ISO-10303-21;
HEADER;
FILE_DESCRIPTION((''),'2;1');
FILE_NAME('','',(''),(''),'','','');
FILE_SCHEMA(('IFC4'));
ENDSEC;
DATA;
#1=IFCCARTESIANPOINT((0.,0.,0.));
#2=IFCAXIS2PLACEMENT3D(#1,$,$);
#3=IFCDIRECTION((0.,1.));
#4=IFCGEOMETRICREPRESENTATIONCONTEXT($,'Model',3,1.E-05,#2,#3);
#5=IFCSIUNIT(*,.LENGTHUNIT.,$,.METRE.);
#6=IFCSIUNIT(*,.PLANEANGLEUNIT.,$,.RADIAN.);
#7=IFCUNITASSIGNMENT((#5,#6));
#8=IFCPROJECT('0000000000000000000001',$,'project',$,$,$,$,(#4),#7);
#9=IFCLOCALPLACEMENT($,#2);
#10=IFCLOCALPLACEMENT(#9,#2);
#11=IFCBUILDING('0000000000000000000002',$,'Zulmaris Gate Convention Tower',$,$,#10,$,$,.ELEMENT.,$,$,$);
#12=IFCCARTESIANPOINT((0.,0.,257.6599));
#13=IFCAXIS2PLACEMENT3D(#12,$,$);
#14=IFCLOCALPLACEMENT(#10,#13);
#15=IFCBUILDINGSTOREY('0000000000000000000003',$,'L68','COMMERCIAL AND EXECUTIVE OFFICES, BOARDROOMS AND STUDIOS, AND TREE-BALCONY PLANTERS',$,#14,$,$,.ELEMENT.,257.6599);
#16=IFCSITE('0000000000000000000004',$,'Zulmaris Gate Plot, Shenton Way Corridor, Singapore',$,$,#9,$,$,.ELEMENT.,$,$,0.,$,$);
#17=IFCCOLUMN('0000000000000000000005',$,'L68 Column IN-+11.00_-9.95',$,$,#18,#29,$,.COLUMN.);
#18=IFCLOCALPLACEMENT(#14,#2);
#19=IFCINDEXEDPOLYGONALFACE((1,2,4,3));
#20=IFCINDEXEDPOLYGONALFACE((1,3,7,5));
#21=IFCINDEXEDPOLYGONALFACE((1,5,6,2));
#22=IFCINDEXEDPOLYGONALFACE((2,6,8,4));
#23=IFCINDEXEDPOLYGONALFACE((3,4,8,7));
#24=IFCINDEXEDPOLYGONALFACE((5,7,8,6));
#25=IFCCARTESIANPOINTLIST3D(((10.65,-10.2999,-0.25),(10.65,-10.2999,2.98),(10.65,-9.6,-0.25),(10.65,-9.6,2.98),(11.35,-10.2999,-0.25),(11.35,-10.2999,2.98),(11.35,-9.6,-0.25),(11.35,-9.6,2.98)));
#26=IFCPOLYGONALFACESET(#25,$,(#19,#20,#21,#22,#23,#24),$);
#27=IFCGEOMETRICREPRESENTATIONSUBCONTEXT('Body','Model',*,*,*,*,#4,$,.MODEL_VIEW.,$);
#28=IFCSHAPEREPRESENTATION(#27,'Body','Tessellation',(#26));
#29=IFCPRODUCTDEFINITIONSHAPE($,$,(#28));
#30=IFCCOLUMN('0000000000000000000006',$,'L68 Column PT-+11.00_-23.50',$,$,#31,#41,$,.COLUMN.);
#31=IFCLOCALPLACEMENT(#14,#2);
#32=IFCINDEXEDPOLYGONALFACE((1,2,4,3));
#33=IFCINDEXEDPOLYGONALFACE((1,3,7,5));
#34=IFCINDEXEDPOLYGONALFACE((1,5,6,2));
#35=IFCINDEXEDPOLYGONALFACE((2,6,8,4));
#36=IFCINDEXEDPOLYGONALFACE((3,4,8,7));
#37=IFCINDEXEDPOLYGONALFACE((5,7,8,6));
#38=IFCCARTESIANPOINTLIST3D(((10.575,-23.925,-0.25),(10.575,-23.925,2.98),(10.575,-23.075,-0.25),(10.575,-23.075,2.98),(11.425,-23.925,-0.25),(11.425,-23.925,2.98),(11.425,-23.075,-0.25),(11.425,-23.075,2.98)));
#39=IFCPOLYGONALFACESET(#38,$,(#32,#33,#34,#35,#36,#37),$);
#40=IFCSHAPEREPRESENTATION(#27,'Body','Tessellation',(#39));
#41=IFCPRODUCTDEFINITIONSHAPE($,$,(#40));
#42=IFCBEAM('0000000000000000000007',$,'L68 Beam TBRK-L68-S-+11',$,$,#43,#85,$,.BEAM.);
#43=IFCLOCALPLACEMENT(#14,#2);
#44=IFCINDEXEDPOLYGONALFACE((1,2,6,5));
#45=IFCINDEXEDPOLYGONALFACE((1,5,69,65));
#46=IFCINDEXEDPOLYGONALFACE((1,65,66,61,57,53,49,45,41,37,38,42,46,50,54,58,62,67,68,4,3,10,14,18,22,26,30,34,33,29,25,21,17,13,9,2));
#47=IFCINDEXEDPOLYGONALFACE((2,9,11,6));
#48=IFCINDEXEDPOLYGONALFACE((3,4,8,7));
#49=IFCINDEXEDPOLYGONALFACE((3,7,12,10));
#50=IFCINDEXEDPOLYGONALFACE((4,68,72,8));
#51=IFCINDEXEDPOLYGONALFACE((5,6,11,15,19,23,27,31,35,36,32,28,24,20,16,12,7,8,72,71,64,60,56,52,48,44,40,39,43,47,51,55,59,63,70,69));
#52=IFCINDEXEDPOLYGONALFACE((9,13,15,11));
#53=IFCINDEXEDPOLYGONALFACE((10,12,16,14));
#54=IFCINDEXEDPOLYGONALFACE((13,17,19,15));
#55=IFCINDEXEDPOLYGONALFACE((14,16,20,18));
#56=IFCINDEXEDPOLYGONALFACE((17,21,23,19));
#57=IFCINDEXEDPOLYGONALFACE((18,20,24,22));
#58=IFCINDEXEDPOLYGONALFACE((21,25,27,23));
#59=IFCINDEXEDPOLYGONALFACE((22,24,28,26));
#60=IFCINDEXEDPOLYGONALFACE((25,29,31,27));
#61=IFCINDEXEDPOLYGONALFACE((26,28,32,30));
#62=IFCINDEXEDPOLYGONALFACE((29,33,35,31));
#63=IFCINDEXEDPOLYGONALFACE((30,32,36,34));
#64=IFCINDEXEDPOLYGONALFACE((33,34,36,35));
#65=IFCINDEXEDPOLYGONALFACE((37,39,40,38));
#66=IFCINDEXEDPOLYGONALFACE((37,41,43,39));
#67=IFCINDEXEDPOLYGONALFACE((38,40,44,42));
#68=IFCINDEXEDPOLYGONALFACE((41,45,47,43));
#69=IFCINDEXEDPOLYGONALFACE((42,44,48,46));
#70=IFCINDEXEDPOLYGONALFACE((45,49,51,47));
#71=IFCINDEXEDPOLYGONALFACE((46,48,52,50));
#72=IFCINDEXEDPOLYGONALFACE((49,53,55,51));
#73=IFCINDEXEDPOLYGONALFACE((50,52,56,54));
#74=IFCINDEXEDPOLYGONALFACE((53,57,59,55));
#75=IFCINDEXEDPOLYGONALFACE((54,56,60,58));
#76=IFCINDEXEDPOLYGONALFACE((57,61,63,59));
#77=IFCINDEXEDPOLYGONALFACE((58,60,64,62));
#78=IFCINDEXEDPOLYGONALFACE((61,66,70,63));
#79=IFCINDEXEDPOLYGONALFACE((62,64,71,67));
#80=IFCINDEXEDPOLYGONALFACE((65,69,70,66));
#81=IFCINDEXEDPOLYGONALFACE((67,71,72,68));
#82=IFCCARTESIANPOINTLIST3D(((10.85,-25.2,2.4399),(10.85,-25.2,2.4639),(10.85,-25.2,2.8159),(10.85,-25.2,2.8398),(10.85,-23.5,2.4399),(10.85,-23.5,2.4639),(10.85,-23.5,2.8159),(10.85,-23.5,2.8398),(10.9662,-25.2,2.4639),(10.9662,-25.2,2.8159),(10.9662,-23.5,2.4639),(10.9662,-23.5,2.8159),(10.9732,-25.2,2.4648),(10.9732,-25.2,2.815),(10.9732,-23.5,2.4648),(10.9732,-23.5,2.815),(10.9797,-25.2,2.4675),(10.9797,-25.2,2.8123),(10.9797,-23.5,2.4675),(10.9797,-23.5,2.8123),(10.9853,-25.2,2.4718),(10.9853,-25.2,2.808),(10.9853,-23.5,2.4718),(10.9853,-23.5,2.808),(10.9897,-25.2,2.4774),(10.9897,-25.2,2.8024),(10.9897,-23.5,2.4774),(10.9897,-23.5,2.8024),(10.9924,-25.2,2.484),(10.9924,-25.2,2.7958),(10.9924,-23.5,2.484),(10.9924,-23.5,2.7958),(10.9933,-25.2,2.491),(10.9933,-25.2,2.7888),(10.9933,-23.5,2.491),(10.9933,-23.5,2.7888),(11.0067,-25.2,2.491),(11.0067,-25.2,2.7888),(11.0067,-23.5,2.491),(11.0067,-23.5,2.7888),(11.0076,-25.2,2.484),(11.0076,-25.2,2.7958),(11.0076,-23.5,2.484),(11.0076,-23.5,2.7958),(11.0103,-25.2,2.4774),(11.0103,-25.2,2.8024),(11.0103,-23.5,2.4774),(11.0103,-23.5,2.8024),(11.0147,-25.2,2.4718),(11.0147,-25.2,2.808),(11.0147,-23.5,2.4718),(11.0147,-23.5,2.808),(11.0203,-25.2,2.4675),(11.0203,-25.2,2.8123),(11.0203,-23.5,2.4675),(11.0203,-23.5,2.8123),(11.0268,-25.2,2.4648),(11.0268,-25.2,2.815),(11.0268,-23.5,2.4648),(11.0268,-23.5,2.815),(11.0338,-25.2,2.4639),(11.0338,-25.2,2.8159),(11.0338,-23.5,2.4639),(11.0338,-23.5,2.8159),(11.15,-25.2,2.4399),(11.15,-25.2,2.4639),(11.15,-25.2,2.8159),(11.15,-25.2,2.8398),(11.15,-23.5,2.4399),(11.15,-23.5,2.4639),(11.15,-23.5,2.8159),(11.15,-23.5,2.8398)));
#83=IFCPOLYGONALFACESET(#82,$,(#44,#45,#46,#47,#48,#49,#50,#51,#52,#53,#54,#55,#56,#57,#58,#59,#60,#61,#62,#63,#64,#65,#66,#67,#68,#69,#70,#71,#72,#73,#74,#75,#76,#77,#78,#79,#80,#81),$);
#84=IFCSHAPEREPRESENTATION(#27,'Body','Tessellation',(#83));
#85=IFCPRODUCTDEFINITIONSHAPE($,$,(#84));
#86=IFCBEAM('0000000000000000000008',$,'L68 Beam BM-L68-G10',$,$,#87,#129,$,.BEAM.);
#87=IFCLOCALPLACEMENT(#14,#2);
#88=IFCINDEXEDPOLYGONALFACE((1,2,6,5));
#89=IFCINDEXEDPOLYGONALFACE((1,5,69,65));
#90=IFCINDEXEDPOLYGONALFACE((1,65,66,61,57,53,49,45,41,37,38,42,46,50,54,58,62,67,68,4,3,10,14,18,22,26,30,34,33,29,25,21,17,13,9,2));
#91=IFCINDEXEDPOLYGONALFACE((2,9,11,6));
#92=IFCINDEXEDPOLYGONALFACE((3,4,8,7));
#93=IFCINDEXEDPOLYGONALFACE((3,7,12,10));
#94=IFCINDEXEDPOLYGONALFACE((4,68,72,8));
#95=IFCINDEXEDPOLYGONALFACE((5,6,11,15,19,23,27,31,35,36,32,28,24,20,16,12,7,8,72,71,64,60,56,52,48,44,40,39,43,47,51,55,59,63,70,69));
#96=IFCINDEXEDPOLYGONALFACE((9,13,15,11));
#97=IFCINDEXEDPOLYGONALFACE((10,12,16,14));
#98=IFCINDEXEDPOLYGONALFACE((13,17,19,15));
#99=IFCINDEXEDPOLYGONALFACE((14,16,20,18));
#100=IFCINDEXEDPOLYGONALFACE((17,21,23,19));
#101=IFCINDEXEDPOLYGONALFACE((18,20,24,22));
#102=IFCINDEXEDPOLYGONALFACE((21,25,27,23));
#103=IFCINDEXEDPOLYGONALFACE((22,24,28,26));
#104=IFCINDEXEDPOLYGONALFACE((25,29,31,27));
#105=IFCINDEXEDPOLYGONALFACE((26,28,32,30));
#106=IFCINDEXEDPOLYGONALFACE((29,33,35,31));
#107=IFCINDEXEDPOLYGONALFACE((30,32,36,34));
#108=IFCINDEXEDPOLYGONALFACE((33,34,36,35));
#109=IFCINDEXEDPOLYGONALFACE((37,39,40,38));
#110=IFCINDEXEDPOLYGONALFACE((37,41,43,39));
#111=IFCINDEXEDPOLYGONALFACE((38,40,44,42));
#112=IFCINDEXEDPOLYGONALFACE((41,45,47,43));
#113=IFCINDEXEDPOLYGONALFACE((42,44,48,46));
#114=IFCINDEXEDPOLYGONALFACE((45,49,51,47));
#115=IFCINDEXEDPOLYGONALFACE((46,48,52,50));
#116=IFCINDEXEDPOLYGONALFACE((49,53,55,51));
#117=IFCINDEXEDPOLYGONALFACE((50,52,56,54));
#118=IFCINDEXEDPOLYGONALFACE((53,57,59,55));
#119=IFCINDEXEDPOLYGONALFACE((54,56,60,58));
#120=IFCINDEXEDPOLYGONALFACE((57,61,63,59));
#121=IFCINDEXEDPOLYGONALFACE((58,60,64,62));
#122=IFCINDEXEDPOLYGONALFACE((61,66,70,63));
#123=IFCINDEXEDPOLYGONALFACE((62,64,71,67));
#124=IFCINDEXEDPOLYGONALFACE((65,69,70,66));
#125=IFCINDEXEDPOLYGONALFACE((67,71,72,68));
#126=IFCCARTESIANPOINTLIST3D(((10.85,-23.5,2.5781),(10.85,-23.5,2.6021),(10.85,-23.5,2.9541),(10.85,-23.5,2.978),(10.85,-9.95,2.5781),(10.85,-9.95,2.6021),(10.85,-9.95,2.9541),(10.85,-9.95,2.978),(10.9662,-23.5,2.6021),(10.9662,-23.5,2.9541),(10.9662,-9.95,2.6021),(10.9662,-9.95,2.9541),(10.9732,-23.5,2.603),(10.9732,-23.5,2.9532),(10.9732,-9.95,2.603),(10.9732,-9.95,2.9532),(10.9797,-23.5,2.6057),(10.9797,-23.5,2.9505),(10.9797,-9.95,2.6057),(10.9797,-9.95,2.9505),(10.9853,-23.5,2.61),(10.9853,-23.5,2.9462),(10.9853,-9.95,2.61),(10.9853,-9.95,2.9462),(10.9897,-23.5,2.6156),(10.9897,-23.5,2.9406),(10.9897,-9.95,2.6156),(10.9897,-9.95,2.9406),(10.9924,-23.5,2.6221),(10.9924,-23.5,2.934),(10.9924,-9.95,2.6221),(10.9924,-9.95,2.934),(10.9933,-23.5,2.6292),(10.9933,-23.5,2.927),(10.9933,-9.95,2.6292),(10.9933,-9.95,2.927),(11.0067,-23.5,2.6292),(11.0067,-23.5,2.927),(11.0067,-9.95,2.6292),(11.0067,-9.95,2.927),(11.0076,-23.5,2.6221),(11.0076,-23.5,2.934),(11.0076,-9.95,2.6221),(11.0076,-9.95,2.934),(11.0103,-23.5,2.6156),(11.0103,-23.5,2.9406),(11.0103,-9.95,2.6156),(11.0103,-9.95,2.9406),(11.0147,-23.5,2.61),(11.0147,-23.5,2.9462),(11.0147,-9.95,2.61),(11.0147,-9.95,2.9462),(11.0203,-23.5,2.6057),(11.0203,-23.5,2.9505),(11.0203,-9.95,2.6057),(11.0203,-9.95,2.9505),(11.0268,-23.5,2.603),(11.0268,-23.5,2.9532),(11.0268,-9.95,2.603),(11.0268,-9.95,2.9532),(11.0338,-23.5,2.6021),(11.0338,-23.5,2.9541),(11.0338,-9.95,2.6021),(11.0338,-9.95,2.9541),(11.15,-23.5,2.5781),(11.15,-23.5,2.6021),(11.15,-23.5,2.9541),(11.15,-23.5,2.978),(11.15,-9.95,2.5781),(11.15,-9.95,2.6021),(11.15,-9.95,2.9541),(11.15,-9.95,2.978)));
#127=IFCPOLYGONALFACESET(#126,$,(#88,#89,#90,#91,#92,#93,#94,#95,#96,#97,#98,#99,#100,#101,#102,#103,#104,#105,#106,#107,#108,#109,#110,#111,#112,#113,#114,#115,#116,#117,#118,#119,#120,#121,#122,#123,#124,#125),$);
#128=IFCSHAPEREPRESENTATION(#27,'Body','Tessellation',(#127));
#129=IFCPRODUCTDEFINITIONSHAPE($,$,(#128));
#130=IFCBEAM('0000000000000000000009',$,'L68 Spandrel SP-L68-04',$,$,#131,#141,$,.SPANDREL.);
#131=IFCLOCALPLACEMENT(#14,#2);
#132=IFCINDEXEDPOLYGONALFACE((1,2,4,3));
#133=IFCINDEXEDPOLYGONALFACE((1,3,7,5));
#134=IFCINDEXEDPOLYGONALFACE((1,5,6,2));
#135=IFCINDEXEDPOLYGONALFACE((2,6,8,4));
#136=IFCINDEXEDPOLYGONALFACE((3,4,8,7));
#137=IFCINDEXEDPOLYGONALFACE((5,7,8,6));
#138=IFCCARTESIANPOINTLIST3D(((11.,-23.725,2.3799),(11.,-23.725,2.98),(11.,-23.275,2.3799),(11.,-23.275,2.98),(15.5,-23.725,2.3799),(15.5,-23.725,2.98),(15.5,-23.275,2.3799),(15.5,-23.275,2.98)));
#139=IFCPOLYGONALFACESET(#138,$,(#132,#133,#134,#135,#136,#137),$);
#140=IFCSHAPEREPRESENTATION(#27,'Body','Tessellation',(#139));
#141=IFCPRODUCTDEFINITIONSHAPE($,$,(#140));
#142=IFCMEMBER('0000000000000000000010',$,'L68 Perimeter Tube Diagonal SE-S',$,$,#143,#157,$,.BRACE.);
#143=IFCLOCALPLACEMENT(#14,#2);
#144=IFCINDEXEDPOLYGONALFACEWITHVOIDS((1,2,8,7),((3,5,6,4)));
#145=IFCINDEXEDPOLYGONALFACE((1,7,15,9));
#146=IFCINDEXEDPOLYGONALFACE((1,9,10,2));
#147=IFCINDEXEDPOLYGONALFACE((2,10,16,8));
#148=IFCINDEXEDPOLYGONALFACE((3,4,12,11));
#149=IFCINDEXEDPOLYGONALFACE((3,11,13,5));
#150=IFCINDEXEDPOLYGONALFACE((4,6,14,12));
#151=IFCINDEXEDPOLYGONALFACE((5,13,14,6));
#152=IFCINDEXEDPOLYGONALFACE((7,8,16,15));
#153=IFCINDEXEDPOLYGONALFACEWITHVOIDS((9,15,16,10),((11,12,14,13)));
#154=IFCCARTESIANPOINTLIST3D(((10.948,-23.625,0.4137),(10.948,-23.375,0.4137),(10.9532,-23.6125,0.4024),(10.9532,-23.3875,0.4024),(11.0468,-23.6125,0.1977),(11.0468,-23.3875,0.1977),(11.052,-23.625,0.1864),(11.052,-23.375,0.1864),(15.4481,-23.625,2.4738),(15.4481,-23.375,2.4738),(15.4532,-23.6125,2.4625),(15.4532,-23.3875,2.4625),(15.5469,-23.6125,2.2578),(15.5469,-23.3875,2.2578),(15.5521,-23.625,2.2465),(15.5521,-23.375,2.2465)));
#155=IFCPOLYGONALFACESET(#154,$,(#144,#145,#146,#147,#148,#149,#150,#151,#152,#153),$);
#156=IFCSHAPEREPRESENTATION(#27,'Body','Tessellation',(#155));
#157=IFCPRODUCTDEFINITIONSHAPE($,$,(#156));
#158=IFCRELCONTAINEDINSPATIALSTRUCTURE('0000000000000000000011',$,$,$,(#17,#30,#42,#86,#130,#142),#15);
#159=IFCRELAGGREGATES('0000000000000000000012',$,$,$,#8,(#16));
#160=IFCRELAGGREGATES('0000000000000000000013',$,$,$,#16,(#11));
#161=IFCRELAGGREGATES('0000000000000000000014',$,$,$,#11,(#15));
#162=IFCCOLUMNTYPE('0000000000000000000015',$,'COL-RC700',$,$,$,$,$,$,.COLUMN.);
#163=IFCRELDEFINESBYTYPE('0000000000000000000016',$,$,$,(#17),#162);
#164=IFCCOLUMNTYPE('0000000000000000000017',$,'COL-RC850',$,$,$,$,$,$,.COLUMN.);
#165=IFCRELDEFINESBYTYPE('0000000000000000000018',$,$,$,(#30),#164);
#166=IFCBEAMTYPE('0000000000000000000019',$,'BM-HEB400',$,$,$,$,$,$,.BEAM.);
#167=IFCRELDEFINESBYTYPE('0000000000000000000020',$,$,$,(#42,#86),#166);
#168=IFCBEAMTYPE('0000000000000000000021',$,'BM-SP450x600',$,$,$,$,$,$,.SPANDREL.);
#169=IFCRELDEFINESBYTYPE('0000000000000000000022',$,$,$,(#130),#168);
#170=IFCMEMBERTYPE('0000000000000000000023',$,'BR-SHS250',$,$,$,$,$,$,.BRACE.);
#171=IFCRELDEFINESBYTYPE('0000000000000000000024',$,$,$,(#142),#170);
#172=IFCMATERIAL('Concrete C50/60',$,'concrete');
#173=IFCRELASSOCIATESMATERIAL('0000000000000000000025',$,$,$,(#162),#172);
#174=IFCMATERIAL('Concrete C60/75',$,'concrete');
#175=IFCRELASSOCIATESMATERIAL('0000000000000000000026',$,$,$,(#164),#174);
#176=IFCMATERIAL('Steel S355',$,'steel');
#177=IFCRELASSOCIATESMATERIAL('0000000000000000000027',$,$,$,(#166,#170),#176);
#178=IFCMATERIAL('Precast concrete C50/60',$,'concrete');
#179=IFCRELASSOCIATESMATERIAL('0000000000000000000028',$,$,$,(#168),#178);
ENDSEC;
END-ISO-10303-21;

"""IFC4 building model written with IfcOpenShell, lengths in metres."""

from ifc_helpers import new_model, si_unit, direction, frame, origin, origin_2d, place, context, subcontext, project, spatial, rectangle, hollow_rectangle, i_section, extrude, material, material_profile, profile_set, type_object, element, save


model = new_model("IFC4")

# Units and contexts
model_context = context("Model", 3, precision=1e-05, world=origin(), true_north=direction((0.0, 1.0)))
body_context = subcontext(model_context, "Body", "Model", "MODEL_VIEW")
ifc_project = project(units=[si_unit("LENGTHUNIT", "METRE"), si_unit("PLANEANGLEUNIT", "RADIAN")], contexts=[model_context])

# Site, building, storey
site_placement = place(None, origin())
site = spatial("IfcSite", under=ifc_project, at=site_placement, Name="Zulmaris Gate Plot, Shenton Way Corridor, Singapore", CompositionType="ELEMENT", RefElevation=0.0)
building_placement = place(site_placement, origin())
building = spatial("IfcBuilding", under=site, at=building_placement, Name="Zulmaris Gate Convention Tower", CompositionType="ELEMENT")
storey_placement = place(building_placement, frame((0.0, 0.0, 257.6599)))
storey = spatial("IfcBuildingStorey", under=building, at=storey_placement, Name="L68", Description="COMMERCIAL AND EXECUTIVE OFFICES, BOARDROOMS AND STUDIOS, AND TREE-BALCONY PLANTERS", CompositionType="ELEMENT", Elevation=257.6599)

# Columns
ifc_material_1 = material(Name="Concrete C50/60", Category="concrete")
ifc_material_profile_1 = material_profile(ifc_material_1, rectangle(XDim=0.7, YDim=0.7, at=origin_2d()), Name="RC COL 700x700")
ifc_profile_set_1 = profile_set([ifc_material_profile_1], Name="Concrete C50/60")
column_type_1 = type_object("IfcColumnType", Name="COL-RC700", PredefinedType="COLUMN", material=ifc_profile_set_1)
column_1_placement = place(storey_placement, frame((11.0, -9.95, -0.25), z_axis=(0.0, 0.0, 1.0), x_axis=(1.0, 0.0, 0.0)))
element("IfcColumn", 1, at=column_1_placement, inside=storey, type_object=column_type_1, Name="L68 Column IN-+11.00_-9.95", PredefinedType="COLUMN", context=body_context, shape_type="SweptSolid", body=[
    extrude(rectangle(XDim=0.7, YDim=0.7, at=origin_2d()), origin(), (0.0, 0.0, 1.0), 3.23),
])
ifc_material_2 = material(Name="Concrete C60/75", Category="concrete")
ifc_material_profile_2 = material_profile(ifc_material_2, rectangle(XDim=0.8501, YDim=0.8501, at=origin_2d()), Name="RC COL 850x850")
ifc_profile_set_2 = profile_set([ifc_material_profile_2], Name="Concrete C60/75")
column_type_2 = type_object("IfcColumnType", Name="COL-RC850", PredefinedType="COLUMN", material=ifc_profile_set_2)
column_2_placement = place(storey_placement, frame((11.0, -23.5, -0.25), z_axis=(0.0, 0.0, 1.0), x_axis=(1.0, 0.0, 0.0)))
element("IfcColumn", 2, at=column_2_placement, inside=storey, type_object=column_type_2, Name="L68 Column PT-+11.00_-23.50", PredefinedType="COLUMN", context=body_context, shape_type="SweptSolid", body=[
    extrude(rectangle(XDim=0.8501, YDim=0.8501, at=origin_2d()), origin(), (0.0, 0.0, 1.0), 3.23),
])

# Beams
ifc_material_3 = material(Name="Steel S355", Category="steel")
ifc_material_profile_3 = material_profile(ifc_material_3, i_section(OverallWidth=0.3, OverallDepth=0.3999, WebThickness=0.0134, FlangeThickness=0.0239, FilletRadius=0.0271, at=origin_2d()), Name="HEB 400")
ifc_profile_set_3 = profile_set([ifc_material_profile_3], Name="Steel S355")
beam_type_1 = type_object("IfcBeamType", Name="BM-HEB400", PredefinedType="BEAM", material=ifc_profile_set_3)
beam_1_placement = place(storey_placement, frame((11.0, -25.2, 2.6399), z_axis=(0.0, 1.0, 0.0), x_axis=(-1.0, 0.0, 0.0)))
element("IfcBeam", 3, at=beam_1_placement, inside=storey, type_object=beam_type_1, Name="L68 Beam TBRK-L68-S-+11", PredefinedType="BEAM", context=body_context, shape_type="SweptSolid", body=[
    extrude(i_section(OverallWidth=0.3, OverallDepth=0.3999, WebThickness=0.0134, FlangeThickness=0.0239, FilletRadius=0.0271, at=origin_2d()), origin(), (0.0, 0.0, 1.0), 1.7),
])
beam_2_placement = place(storey_placement, frame((11.0, -23.5, 2.7781), z_axis=(0.0, 1.0, 0.0), x_axis=(-1.0, 0.0, 0.0)))
element("IfcBeam", 4, at=beam_2_placement, inside=storey, type_object=beam_type_1, Name="L68 Beam BM-L68-G10", PredefinedType="BEAM", context=body_context, shape_type="SweptSolid", body=[
    extrude(i_section(OverallWidth=0.3, OverallDepth=0.3999, WebThickness=0.0134, FlangeThickness=0.0239, FilletRadius=0.0271, at=origin_2d()), origin(), (0.0, 0.0, 1.0), 13.55),
])
ifc_material_4 = material(Name="Precast concrete C50/60", Category="concrete")
ifc_material_profile_4 = material_profile(ifc_material_4, rectangle(XDim=0.45, YDim=0.6001, at=origin_2d()), Name="RC SPANDREL 450x600")
ifc_profile_set_4 = profile_set([ifc_material_profile_4], Name="Precast concrete C50/60")
beam_type_2 = type_object("IfcBeamType", Name="BM-SP450x600", PredefinedType="SPANDREL", material=ifc_profile_set_4)
beam_3_placement = place(storey_placement, frame((11.0, -23.5, 2.6799), z_axis=(1.0, 0.0, 0.0), x_axis=(0.0, 1.0, 0.0)))
element("IfcBeam", 5, at=beam_3_placement, inside=storey, type_object=beam_type_2, Name="L68 Spandrel SP-L68-04", PredefinedType="SPANDREL", context=body_context, shape_type="SweptSolid", body=[
    extrude(rectangle(XDim=0.45, YDim=0.6001, at=origin_2d()), origin(), (0.0, 0.0, 1.0), 4.5),
])

# Member
ifc_material_profile_5 = material_profile(ifc_material_3, hollow_rectangle(XDim=0.25, YDim=0.25, WallThickness=0.0125, at=origin_2d()), Name="SHS 250x250x12.5")
ifc_profile_set_5 = profile_set([ifc_material_profile_5], Name="Steel S355")
member_type = type_object("IfcMemberType", Name="BR-SHS250", PredefinedType="BRACE", material=ifc_profile_set_5)
member_placement = place(storey_placement, frame((11.0, -23.5, 0.3), z_axis=(0.909252, 0.0, 0.416247), x_axis=(0.0, 1.0, 0.0)))
element("IfcMember", 6, at=member_placement, inside=storey, type_object=member_type, Name="L68 Perimeter Tube Diagonal SE-S", PredefinedType="BRACE", context=body_context, shape_type="SweptSolid", body=[
    extrude(hollow_rectangle(XDim=0.25, YDim=0.25, WallThickness=0.0125, at=origin_2d()), origin(), (0.0, 0.0, 1.0), 4.9492),
])

save(model, "model.ifc")
